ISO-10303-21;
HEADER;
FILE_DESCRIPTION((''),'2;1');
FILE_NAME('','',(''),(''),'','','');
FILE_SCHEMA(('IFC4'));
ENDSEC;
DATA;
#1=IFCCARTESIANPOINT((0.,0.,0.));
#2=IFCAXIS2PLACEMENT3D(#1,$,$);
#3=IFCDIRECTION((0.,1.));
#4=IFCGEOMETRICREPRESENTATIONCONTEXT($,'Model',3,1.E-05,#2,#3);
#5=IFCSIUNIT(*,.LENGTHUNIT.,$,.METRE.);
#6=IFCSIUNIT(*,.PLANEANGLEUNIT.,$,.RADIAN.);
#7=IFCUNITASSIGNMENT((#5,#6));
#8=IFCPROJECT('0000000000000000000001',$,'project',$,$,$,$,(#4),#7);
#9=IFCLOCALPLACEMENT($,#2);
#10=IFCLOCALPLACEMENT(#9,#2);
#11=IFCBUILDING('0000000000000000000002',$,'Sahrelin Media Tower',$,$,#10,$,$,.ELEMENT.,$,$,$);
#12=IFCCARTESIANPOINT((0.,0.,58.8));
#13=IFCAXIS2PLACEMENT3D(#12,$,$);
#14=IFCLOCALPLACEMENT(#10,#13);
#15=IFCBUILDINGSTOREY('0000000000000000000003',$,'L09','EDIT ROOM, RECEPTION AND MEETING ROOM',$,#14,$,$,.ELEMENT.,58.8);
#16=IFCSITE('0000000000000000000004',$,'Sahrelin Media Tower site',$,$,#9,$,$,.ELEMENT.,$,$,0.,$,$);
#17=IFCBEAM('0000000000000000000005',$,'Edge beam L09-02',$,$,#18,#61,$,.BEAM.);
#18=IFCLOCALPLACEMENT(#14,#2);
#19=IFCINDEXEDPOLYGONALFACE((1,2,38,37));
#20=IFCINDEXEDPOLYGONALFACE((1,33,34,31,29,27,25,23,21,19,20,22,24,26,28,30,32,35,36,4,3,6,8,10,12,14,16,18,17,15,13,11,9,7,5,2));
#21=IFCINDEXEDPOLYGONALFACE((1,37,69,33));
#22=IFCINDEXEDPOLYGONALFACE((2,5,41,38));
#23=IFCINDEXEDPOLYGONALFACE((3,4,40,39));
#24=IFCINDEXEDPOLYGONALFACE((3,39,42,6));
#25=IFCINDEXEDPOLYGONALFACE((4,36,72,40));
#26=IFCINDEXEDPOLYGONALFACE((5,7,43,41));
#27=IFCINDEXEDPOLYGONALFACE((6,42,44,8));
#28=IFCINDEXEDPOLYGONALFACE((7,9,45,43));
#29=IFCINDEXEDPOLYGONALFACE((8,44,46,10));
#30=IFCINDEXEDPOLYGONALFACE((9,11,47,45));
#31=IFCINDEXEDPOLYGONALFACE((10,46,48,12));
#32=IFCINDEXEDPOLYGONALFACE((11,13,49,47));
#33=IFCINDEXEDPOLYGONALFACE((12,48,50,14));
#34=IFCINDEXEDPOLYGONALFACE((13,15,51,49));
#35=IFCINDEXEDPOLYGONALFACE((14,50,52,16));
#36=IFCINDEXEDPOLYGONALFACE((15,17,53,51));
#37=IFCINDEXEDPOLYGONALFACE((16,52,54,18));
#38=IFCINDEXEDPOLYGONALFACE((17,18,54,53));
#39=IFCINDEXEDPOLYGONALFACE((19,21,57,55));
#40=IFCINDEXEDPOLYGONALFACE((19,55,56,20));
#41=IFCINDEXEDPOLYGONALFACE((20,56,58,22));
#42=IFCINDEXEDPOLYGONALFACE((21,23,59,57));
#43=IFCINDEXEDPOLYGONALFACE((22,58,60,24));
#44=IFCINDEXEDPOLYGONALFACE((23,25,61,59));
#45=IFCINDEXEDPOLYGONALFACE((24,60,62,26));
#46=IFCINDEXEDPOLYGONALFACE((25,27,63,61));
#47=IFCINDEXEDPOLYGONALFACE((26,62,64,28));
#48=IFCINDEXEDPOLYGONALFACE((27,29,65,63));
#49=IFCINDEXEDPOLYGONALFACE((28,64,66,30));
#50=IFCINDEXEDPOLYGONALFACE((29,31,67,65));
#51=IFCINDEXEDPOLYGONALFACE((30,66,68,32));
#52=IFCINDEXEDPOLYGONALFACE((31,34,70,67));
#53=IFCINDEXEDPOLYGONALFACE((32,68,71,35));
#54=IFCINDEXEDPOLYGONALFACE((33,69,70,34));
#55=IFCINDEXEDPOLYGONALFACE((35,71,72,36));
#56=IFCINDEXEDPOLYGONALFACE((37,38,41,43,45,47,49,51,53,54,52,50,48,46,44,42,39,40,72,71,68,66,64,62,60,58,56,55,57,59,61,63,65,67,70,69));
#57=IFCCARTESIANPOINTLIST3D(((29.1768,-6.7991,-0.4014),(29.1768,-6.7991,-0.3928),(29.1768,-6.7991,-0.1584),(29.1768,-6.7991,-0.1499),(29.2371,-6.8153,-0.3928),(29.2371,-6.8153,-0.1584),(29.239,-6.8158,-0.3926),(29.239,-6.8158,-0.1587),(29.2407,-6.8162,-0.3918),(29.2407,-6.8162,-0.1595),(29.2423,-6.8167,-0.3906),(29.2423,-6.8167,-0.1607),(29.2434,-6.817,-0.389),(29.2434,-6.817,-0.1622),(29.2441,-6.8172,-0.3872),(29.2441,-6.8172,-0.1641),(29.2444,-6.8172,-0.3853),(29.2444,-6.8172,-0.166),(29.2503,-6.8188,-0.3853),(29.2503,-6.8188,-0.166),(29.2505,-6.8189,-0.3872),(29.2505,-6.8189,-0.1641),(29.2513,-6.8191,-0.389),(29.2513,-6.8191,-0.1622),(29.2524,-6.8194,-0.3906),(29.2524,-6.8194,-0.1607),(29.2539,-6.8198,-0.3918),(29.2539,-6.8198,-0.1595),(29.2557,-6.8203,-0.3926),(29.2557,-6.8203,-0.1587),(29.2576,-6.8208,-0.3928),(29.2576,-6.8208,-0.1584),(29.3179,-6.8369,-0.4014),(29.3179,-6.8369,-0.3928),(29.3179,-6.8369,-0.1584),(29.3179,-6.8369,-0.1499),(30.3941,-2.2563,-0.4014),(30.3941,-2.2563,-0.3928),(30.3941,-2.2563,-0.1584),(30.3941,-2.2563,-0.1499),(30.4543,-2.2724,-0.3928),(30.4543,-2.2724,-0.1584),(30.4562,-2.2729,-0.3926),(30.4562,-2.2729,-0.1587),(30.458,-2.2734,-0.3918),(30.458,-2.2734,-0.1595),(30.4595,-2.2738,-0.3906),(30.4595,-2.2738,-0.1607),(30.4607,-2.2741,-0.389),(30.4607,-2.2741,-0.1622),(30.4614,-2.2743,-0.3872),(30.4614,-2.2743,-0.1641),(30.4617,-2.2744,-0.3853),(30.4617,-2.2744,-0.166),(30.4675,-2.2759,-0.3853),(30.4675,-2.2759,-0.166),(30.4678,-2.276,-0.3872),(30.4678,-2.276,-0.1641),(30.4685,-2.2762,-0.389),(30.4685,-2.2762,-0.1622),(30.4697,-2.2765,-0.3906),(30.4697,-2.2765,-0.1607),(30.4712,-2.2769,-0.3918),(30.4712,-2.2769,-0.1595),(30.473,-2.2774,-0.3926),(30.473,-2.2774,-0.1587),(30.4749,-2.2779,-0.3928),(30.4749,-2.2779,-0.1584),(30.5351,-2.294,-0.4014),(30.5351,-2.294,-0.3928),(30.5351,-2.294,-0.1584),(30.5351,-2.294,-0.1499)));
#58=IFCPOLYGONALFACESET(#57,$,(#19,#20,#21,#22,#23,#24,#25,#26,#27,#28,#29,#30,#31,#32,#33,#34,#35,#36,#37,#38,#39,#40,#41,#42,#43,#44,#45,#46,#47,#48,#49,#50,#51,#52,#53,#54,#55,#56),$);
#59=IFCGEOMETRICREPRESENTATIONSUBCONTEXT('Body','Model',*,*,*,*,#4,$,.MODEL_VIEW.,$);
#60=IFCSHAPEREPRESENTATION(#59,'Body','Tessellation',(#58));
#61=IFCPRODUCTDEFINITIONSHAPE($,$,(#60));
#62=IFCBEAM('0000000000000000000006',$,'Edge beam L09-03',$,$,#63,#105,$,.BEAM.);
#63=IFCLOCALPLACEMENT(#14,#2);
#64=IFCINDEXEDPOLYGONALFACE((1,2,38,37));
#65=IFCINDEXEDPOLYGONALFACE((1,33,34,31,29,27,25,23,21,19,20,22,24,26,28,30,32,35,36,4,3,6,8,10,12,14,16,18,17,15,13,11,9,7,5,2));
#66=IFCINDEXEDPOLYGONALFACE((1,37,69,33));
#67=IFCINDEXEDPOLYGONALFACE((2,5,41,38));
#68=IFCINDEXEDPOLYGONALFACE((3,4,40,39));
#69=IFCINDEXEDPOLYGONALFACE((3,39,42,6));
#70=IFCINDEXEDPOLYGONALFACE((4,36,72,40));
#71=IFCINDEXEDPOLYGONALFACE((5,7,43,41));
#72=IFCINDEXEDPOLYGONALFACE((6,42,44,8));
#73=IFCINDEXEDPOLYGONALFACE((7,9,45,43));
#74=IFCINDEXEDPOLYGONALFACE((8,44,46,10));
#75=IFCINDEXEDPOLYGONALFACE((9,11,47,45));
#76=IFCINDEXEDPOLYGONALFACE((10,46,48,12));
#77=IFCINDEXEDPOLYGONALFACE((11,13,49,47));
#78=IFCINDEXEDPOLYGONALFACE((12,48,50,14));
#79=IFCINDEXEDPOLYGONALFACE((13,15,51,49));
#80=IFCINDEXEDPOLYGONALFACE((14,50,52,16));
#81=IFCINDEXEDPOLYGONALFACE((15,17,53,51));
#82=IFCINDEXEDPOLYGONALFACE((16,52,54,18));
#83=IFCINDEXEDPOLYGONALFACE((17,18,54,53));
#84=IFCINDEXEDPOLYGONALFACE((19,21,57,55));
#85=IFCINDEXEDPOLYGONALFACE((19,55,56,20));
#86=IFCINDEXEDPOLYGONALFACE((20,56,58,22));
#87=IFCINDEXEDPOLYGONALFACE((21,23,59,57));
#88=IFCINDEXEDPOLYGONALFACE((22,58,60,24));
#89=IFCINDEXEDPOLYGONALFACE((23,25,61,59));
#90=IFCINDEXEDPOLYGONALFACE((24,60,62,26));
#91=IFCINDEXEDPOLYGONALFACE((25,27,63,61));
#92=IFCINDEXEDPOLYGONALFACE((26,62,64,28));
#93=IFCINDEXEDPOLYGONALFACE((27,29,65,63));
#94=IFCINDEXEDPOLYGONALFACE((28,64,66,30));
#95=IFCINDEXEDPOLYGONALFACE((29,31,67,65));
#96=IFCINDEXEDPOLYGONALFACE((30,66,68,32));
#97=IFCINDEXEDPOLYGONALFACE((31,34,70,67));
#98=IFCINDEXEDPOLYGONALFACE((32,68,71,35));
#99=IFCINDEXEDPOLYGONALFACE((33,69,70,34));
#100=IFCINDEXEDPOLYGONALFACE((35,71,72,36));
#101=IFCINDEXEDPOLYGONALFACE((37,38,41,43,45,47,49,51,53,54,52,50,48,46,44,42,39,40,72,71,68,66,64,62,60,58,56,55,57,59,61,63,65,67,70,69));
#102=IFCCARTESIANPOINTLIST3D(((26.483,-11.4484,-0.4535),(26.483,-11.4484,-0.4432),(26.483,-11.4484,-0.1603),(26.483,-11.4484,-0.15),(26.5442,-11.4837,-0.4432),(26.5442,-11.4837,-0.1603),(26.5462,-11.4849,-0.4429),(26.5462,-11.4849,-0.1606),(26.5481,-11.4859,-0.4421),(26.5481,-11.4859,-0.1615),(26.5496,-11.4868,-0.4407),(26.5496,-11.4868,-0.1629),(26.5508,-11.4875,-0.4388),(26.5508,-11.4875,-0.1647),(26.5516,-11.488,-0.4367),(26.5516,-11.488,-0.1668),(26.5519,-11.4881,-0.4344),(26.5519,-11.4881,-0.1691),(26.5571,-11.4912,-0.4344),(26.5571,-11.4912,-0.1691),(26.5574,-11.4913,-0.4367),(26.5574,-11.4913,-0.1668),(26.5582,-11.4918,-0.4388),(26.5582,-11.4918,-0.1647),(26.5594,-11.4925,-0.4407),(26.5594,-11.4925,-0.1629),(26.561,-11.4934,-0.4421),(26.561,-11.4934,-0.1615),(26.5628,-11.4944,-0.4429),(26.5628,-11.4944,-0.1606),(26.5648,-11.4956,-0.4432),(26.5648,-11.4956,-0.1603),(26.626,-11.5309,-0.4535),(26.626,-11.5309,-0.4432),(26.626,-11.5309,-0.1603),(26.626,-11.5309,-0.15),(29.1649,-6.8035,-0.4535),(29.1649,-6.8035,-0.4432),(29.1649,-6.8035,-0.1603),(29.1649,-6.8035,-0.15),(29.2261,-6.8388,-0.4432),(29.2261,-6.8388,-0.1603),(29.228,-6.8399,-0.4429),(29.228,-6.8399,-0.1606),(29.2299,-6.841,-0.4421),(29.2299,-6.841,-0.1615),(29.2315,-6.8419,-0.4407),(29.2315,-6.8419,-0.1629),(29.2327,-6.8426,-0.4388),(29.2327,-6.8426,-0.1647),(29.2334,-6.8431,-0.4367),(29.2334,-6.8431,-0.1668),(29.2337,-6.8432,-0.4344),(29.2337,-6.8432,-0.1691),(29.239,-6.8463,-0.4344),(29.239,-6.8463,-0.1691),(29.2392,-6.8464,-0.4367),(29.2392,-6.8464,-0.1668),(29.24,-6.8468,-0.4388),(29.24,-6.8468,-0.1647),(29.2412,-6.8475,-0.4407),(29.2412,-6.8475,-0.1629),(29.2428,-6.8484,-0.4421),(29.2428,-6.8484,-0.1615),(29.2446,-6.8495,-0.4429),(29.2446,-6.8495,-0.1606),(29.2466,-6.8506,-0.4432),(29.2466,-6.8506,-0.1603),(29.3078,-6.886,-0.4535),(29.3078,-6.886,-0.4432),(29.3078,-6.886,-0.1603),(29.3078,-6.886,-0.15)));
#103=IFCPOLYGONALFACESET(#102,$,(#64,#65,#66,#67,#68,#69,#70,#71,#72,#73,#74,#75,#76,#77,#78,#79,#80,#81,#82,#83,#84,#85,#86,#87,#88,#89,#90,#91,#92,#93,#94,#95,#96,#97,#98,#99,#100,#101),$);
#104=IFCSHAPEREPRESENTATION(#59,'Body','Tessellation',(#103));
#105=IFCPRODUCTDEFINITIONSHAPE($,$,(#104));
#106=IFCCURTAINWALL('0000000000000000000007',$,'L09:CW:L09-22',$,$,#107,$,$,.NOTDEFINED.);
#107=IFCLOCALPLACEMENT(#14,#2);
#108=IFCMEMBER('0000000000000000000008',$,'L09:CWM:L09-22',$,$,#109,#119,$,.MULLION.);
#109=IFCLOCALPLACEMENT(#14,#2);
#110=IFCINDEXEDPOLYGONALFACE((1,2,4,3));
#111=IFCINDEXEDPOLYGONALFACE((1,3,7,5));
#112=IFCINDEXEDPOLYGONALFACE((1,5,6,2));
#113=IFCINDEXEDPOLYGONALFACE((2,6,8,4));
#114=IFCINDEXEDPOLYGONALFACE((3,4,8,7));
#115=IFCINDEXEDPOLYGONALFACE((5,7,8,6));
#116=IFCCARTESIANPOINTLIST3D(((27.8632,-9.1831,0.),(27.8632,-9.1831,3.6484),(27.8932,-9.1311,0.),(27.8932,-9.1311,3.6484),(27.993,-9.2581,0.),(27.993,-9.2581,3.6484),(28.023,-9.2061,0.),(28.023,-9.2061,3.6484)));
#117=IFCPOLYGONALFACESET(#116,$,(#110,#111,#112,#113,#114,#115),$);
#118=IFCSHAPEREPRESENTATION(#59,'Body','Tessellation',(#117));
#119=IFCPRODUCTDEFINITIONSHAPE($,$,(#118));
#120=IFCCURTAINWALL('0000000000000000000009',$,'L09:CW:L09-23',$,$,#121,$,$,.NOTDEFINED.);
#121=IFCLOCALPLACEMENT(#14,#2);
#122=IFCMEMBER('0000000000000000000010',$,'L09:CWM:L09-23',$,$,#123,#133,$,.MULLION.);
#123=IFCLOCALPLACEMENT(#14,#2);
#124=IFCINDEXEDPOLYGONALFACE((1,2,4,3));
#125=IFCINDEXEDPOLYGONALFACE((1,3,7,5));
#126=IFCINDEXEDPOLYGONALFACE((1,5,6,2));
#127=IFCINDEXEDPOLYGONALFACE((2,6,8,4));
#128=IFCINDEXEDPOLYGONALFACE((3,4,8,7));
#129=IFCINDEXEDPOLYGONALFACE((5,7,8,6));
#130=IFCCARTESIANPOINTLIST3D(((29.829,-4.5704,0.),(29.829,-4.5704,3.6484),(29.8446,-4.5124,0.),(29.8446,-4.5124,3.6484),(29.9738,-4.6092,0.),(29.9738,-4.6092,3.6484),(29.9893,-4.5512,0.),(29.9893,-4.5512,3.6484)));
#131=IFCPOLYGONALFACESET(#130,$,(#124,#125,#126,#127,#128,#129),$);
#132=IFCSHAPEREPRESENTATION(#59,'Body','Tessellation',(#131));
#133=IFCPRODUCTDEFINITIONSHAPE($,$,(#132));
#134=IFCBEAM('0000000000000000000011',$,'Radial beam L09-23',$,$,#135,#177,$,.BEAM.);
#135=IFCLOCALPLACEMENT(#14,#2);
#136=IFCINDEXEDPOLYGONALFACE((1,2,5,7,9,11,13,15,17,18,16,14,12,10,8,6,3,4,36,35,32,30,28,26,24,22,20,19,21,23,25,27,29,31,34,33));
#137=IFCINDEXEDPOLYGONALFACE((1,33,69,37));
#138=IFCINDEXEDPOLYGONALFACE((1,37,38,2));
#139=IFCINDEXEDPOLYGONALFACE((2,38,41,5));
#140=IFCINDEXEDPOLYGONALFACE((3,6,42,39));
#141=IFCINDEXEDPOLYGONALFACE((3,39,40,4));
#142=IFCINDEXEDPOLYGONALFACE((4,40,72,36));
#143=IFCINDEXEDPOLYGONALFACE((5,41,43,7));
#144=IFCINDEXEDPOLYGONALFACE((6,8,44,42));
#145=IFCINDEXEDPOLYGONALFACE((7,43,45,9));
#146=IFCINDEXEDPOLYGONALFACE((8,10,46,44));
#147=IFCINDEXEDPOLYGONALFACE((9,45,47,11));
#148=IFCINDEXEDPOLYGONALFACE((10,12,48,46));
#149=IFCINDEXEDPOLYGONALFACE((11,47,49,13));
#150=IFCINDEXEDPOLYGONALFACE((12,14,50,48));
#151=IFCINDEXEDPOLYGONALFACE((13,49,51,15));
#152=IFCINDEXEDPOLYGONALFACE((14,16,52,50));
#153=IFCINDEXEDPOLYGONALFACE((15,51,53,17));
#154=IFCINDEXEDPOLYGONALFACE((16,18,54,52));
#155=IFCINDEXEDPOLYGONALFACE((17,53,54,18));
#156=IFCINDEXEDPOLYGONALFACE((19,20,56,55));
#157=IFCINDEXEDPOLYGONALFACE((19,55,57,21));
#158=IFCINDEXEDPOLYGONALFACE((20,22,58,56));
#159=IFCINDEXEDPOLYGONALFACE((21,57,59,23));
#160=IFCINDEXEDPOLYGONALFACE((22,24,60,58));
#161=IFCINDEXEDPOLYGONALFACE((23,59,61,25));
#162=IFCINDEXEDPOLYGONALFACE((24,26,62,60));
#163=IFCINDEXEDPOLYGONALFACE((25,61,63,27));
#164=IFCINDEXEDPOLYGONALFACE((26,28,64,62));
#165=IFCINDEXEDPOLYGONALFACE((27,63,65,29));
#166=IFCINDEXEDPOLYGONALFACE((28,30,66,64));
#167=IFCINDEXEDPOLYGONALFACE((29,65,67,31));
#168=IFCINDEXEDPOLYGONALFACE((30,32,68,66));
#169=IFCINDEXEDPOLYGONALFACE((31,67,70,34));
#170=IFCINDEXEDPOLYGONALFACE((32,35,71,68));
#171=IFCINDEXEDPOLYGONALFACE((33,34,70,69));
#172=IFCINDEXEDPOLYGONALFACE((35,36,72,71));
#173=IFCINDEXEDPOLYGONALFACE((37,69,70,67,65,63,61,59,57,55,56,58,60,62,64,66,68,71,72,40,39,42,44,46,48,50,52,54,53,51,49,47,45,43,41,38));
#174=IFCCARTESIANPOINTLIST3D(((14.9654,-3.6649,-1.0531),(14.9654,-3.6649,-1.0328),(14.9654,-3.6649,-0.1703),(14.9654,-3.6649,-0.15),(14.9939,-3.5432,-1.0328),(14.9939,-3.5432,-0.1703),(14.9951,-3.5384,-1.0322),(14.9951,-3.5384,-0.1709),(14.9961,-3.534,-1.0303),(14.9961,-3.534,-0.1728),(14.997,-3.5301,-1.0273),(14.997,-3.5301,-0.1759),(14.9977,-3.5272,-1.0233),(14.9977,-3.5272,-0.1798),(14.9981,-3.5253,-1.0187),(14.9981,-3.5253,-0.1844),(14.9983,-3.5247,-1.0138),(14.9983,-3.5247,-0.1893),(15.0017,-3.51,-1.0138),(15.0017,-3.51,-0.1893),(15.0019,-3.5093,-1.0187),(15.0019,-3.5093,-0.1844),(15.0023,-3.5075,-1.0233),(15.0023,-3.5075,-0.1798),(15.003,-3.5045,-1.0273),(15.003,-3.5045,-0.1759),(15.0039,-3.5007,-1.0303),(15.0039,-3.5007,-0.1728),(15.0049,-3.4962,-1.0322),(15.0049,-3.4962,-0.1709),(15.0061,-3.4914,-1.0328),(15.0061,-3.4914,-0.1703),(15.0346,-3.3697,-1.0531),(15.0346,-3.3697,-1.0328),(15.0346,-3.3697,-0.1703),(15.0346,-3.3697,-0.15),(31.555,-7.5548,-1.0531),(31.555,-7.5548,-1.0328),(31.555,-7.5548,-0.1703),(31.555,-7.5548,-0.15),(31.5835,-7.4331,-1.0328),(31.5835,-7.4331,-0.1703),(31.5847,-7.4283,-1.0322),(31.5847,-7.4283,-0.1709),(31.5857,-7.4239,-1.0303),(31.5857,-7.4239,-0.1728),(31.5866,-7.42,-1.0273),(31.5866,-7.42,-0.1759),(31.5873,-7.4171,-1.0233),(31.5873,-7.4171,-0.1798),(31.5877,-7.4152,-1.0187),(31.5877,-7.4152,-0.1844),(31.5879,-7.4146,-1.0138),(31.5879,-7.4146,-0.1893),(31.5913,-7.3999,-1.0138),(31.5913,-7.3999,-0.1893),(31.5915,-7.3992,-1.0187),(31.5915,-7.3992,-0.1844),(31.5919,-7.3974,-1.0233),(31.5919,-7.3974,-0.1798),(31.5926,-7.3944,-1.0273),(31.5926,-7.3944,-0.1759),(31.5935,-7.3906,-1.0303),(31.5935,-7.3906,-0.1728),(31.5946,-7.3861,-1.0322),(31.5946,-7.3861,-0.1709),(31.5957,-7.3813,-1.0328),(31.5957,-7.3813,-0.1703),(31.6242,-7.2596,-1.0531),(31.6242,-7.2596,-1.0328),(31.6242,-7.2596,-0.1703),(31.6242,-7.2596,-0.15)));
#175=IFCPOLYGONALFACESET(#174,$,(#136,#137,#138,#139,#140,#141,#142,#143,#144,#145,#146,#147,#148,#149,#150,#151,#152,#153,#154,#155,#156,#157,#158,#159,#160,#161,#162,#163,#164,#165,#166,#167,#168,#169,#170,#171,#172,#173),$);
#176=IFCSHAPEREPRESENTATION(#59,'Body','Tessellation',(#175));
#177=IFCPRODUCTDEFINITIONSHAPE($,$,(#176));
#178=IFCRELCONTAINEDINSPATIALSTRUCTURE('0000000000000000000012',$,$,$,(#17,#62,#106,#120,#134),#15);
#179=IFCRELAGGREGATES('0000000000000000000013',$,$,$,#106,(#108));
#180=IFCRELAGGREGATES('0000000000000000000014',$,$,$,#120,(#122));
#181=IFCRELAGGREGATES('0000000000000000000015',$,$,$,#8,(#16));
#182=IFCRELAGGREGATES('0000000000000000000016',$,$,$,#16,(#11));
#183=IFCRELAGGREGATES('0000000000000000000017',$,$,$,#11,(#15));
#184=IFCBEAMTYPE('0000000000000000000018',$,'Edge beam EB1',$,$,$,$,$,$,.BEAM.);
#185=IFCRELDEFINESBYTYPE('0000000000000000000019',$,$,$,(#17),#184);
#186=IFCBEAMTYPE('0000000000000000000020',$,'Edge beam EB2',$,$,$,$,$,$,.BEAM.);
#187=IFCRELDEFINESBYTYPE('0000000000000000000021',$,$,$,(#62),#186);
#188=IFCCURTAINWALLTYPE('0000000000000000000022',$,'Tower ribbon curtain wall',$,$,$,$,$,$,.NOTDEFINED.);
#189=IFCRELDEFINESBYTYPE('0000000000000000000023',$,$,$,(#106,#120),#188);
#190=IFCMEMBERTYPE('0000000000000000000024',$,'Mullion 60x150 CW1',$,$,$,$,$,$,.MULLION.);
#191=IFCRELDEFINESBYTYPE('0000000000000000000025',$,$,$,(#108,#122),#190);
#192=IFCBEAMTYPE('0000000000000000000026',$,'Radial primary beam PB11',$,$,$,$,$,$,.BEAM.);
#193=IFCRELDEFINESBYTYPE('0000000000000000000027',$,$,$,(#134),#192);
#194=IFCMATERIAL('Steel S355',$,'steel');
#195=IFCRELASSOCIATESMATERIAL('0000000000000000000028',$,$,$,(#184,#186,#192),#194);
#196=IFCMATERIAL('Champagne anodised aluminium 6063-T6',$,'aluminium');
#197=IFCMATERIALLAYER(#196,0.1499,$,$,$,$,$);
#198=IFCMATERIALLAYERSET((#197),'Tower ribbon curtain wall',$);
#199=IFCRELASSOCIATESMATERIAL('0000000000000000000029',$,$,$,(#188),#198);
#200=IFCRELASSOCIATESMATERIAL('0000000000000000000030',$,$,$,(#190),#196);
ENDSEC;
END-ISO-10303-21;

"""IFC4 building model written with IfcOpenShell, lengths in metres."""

from ifc_helpers import new_model, si_unit, direction, frame, origin, origin_2d, place, context, subcontext, project, spatial, rectangle, i_section, extrude, material, layer, layer_set, material_profile, profile_set, type_object, element, aggregate, save


model = new_model("IFC4")

# Units and contexts
model_context = context("Model", 3, precision=1e-05, world=origin(), true_north=direction((0.0, 1.0)))
body_context = subcontext(model_context, "Body", "Model", "MODEL_VIEW")
ifc_project = project(units=[si_unit("LENGTHUNIT", "METRE"), si_unit("PLANEANGLEUNIT", "RADIAN")], contexts=[model_context])

# Site, building, storey
site_placement = place(None, origin())
site = spatial("IfcSite", under=ifc_project, at=site_placement, Name="Sahrelin Media Tower site", CompositionType="ELEMENT", RefElevation=0.0)
building_placement = place(site_placement, origin())
building = spatial("IfcBuilding", under=site, at=building_placement, Name="Sahrelin Media Tower", CompositionType="ELEMENT")
storey_placement = place(building_placement, frame((0.0, 0.0, 58.8)))
storey = spatial("IfcBuildingStorey", under=building, at=storey_placement, Name="L09", Description="EDIT ROOM, RECEPTION AND MEETING ROOM", CompositionType="ELEMENT", Elevation=58.8)

# Beams
ifc_material_1 = material(Name="Steel S355", Category="steel")
ifc_material_profile_1 = material_profile(ifc_material_1, i_section(OverallWidth=0.146, OverallDepth=0.2515, WebThickness=0.0061, FlangeThickness=0.0085, FilletRadius=0.0076, at=origin_2d()), Name="UB 254x146x31")
ifc_profile_set_1 = profile_set([ifc_material_profile_1], Name="Steel S355")
beam_type_1 = type_object("IfcBeamType", Name="Edge beam EB1", PredefinedType="BEAM", material=ifc_profile_set_1)
beam_1_placement = place(storey_placement, frame((30.4646, -2.2751, -0.2756), z_axis=(-0.258819, -0.965926, 0.0), x_axis=(0.965926, -0.258819, 0.0)))
element("IfcBeam", 1, at=beam_1_placement, inside=storey, type_object=beam_type_1, Name="Edge beam L09-02", PredefinedType="BEAM", context=body_context, shape_type="SweptSolid", body=[
    extrude(i_section(OverallWidth=0.146, OverallDepth=0.2515, WebThickness=0.0061, FlangeThickness=0.0085, FilletRadius=0.0076, at=origin_2d()), origin(), (0.0, 0.0, 1.0), 4.7031),
])
ifc_material_profile_2 = material_profile(ifc_material_1, i_section(OverallWidth=0.165, OverallDepth=0.3035, WebThickness=0.0061, FlangeThickness=0.0103, FilletRadius=0.0088, at=origin_2d()), Name="UB 305x165x40")
ifc_profile_set_2 = profile_set([ifc_material_profile_2], Name="Steel S355")
beam_type_2 = type_object("IfcBeamType", Name="Edge beam EB2", PredefinedType="BEAM", material=ifc_profile_set_2)
beam_2_placement = place(storey_placement, frame((29.2363, -6.8447, -0.3018), z_axis=(-0.500011, -0.866019, 0.0), x_axis=(0.866019, -0.500011, 0.0)))
element("IfcBeam", 2, at=beam_2_placement, inside=storey, type_object=beam_type_2, Name="Edge beam L09-03", PredefinedType="BEAM", context=body_context, shape_type="SweptSolid", body=[
    extrude(i_section(OverallWidth=0.165, OverallDepth=0.3035, WebThickness=0.0061, FlangeThickness=0.0103, FilletRadius=0.0088, at=origin_2d()), origin(), (0.0, 0.0, 1.0), 5.3635),
])

# Curtain walls, members
ifc_material_2 = material(Name="Champagne anodised aluminium 6063-T6", Category="aluminium")
ifc_layer_1 = layer(ifc_material_2, 0.1499)
ifc_layer_set_1 = layer_set([ifc_layer_1], Name="Tower ribbon curtain wall")
curtain_wall_type = type_object("IfcCurtainWallType", Name="Tower ribbon curtain wall", PredefinedType="NOTDEFINED", material=ifc_layer_set_1)
curtain_wall_1_placement = place(storey_placement, frame((28.0254, -9.2422, 0.0), z_axis=(0.0, 0.0, 1.0), x_axis=(1.0, 0.0, 0.0)))
curtain_wall_1 = element("IfcCurtainWall", 3, at=curtain_wall_1_placement, inside=storey, type_object=curtain_wall_type, Name="L09:CW:L09-22", PredefinedType="NOTDEFINED")
ifc_material_profile_3 = material_profile(ifc_material_2, rectangle(XDim=0.0601, YDim=0.1499, at=origin_2d()), Name="Mullion 60x150")
ifc_profile_set_3 = profile_set([ifc_material_profile_3], Name="Champagne anodised aluminium 6063-T6")
member_type_1 = type_object("IfcMemberType", Name="Mullion 60x150 CW1", PredefinedType="MULLION", material=ifc_profile_set_3)
member_1_placement = place(storey_placement, frame((27.9431, -9.1946, 0.0), z_axis=(0.0, 0.0, 1.0), x_axis=(0.500008, 0.866021, 0.0)))
member_1 = element("IfcMember", 4, at=member_1_placement, type_object=member_type_1, Name="L09:CWM:L09-22", PredefinedType="MULLION", context=body_context, shape_type="SweptSolid", body=[
    extrude(rectangle(XDim=0.0601, YDim=0.1499, at=origin_2d()), origin(), (0.0, 0.0, 1.0), 3.6484),
])
curtain_wall_2_placement = place(storey_placement, frame((30.001, -4.5854, 0.0), z_axis=(0.0, 0.0, 1.0), x_axis=(1.0, 0.0, 0.0)))
curtain_wall_2 = element("IfcCurtainWall", 5, at=curtain_wall_2_placement, inside=storey, type_object=curtain_wall_type, Name="L09:CW:L09-23", PredefinedType="NOTDEFINED")
member_2_placement = place(storey_placement, frame((29.9092, -4.5608, 0.0), z_axis=(0.0, 0.0, 1.0), x_axis=(0.258817, 0.965926, 0.0)))
member_2 = element("IfcMember", 6, at=member_2_placement, type_object=member_type_1, Name="L09:CWM:L09-23", PredefinedType="MULLION", context=body_context, shape_type="SweptSolid", body=[
    extrude(rectangle(XDim=0.0601, YDim=0.1499, at=origin_2d()), origin(), (0.0, 0.0, 1.0), 3.6484),
])

# Beam
ifc_material_profile_4 = material_profile(ifc_material_1, i_section(OverallWidth=0.3032, OverallDepth=0.9031, WebThickness=0.0151, FlangeThickness=0.0203, FilletRadius=0.019, at=origin_2d()), Name="UB 914x305x201")
ifc_profile_set_4 = profile_set([ifc_material_profile_4], Name="Steel S355")
beam_type_3 = type_object("IfcBeamType", Name="Radial primary beam PB11", PredefinedType="BEAM", material=ifc_profile_set_4)
beam_3_placement = place(storey_placement, frame((15.0, -3.5173, -0.6016), z_axis=(0.973594, -0.228286, 0.0), x_axis=(0.228286, 0.973594, 0.0)))
element("IfcBeam", 7, at=beam_3_placement, inside=storey, type_object=beam_type_3, Name="Radial beam L09-23", PredefinedType="BEAM", context=body_context, shape_type="SweptSolid", body=[
    extrude(i_section(OverallWidth=0.3032, OverallDepth=0.9031, WebThickness=0.0151, FlangeThickness=0.0203, FilletRadius=0.019, at=origin_2d()), origin(), (0.0, 0.0, 1.0), 17.0396),
])

aggregate(curtain_wall_1, [member_1])

aggregate(curtain_wall_2, [member_2])

save(model, "model.ifc")
